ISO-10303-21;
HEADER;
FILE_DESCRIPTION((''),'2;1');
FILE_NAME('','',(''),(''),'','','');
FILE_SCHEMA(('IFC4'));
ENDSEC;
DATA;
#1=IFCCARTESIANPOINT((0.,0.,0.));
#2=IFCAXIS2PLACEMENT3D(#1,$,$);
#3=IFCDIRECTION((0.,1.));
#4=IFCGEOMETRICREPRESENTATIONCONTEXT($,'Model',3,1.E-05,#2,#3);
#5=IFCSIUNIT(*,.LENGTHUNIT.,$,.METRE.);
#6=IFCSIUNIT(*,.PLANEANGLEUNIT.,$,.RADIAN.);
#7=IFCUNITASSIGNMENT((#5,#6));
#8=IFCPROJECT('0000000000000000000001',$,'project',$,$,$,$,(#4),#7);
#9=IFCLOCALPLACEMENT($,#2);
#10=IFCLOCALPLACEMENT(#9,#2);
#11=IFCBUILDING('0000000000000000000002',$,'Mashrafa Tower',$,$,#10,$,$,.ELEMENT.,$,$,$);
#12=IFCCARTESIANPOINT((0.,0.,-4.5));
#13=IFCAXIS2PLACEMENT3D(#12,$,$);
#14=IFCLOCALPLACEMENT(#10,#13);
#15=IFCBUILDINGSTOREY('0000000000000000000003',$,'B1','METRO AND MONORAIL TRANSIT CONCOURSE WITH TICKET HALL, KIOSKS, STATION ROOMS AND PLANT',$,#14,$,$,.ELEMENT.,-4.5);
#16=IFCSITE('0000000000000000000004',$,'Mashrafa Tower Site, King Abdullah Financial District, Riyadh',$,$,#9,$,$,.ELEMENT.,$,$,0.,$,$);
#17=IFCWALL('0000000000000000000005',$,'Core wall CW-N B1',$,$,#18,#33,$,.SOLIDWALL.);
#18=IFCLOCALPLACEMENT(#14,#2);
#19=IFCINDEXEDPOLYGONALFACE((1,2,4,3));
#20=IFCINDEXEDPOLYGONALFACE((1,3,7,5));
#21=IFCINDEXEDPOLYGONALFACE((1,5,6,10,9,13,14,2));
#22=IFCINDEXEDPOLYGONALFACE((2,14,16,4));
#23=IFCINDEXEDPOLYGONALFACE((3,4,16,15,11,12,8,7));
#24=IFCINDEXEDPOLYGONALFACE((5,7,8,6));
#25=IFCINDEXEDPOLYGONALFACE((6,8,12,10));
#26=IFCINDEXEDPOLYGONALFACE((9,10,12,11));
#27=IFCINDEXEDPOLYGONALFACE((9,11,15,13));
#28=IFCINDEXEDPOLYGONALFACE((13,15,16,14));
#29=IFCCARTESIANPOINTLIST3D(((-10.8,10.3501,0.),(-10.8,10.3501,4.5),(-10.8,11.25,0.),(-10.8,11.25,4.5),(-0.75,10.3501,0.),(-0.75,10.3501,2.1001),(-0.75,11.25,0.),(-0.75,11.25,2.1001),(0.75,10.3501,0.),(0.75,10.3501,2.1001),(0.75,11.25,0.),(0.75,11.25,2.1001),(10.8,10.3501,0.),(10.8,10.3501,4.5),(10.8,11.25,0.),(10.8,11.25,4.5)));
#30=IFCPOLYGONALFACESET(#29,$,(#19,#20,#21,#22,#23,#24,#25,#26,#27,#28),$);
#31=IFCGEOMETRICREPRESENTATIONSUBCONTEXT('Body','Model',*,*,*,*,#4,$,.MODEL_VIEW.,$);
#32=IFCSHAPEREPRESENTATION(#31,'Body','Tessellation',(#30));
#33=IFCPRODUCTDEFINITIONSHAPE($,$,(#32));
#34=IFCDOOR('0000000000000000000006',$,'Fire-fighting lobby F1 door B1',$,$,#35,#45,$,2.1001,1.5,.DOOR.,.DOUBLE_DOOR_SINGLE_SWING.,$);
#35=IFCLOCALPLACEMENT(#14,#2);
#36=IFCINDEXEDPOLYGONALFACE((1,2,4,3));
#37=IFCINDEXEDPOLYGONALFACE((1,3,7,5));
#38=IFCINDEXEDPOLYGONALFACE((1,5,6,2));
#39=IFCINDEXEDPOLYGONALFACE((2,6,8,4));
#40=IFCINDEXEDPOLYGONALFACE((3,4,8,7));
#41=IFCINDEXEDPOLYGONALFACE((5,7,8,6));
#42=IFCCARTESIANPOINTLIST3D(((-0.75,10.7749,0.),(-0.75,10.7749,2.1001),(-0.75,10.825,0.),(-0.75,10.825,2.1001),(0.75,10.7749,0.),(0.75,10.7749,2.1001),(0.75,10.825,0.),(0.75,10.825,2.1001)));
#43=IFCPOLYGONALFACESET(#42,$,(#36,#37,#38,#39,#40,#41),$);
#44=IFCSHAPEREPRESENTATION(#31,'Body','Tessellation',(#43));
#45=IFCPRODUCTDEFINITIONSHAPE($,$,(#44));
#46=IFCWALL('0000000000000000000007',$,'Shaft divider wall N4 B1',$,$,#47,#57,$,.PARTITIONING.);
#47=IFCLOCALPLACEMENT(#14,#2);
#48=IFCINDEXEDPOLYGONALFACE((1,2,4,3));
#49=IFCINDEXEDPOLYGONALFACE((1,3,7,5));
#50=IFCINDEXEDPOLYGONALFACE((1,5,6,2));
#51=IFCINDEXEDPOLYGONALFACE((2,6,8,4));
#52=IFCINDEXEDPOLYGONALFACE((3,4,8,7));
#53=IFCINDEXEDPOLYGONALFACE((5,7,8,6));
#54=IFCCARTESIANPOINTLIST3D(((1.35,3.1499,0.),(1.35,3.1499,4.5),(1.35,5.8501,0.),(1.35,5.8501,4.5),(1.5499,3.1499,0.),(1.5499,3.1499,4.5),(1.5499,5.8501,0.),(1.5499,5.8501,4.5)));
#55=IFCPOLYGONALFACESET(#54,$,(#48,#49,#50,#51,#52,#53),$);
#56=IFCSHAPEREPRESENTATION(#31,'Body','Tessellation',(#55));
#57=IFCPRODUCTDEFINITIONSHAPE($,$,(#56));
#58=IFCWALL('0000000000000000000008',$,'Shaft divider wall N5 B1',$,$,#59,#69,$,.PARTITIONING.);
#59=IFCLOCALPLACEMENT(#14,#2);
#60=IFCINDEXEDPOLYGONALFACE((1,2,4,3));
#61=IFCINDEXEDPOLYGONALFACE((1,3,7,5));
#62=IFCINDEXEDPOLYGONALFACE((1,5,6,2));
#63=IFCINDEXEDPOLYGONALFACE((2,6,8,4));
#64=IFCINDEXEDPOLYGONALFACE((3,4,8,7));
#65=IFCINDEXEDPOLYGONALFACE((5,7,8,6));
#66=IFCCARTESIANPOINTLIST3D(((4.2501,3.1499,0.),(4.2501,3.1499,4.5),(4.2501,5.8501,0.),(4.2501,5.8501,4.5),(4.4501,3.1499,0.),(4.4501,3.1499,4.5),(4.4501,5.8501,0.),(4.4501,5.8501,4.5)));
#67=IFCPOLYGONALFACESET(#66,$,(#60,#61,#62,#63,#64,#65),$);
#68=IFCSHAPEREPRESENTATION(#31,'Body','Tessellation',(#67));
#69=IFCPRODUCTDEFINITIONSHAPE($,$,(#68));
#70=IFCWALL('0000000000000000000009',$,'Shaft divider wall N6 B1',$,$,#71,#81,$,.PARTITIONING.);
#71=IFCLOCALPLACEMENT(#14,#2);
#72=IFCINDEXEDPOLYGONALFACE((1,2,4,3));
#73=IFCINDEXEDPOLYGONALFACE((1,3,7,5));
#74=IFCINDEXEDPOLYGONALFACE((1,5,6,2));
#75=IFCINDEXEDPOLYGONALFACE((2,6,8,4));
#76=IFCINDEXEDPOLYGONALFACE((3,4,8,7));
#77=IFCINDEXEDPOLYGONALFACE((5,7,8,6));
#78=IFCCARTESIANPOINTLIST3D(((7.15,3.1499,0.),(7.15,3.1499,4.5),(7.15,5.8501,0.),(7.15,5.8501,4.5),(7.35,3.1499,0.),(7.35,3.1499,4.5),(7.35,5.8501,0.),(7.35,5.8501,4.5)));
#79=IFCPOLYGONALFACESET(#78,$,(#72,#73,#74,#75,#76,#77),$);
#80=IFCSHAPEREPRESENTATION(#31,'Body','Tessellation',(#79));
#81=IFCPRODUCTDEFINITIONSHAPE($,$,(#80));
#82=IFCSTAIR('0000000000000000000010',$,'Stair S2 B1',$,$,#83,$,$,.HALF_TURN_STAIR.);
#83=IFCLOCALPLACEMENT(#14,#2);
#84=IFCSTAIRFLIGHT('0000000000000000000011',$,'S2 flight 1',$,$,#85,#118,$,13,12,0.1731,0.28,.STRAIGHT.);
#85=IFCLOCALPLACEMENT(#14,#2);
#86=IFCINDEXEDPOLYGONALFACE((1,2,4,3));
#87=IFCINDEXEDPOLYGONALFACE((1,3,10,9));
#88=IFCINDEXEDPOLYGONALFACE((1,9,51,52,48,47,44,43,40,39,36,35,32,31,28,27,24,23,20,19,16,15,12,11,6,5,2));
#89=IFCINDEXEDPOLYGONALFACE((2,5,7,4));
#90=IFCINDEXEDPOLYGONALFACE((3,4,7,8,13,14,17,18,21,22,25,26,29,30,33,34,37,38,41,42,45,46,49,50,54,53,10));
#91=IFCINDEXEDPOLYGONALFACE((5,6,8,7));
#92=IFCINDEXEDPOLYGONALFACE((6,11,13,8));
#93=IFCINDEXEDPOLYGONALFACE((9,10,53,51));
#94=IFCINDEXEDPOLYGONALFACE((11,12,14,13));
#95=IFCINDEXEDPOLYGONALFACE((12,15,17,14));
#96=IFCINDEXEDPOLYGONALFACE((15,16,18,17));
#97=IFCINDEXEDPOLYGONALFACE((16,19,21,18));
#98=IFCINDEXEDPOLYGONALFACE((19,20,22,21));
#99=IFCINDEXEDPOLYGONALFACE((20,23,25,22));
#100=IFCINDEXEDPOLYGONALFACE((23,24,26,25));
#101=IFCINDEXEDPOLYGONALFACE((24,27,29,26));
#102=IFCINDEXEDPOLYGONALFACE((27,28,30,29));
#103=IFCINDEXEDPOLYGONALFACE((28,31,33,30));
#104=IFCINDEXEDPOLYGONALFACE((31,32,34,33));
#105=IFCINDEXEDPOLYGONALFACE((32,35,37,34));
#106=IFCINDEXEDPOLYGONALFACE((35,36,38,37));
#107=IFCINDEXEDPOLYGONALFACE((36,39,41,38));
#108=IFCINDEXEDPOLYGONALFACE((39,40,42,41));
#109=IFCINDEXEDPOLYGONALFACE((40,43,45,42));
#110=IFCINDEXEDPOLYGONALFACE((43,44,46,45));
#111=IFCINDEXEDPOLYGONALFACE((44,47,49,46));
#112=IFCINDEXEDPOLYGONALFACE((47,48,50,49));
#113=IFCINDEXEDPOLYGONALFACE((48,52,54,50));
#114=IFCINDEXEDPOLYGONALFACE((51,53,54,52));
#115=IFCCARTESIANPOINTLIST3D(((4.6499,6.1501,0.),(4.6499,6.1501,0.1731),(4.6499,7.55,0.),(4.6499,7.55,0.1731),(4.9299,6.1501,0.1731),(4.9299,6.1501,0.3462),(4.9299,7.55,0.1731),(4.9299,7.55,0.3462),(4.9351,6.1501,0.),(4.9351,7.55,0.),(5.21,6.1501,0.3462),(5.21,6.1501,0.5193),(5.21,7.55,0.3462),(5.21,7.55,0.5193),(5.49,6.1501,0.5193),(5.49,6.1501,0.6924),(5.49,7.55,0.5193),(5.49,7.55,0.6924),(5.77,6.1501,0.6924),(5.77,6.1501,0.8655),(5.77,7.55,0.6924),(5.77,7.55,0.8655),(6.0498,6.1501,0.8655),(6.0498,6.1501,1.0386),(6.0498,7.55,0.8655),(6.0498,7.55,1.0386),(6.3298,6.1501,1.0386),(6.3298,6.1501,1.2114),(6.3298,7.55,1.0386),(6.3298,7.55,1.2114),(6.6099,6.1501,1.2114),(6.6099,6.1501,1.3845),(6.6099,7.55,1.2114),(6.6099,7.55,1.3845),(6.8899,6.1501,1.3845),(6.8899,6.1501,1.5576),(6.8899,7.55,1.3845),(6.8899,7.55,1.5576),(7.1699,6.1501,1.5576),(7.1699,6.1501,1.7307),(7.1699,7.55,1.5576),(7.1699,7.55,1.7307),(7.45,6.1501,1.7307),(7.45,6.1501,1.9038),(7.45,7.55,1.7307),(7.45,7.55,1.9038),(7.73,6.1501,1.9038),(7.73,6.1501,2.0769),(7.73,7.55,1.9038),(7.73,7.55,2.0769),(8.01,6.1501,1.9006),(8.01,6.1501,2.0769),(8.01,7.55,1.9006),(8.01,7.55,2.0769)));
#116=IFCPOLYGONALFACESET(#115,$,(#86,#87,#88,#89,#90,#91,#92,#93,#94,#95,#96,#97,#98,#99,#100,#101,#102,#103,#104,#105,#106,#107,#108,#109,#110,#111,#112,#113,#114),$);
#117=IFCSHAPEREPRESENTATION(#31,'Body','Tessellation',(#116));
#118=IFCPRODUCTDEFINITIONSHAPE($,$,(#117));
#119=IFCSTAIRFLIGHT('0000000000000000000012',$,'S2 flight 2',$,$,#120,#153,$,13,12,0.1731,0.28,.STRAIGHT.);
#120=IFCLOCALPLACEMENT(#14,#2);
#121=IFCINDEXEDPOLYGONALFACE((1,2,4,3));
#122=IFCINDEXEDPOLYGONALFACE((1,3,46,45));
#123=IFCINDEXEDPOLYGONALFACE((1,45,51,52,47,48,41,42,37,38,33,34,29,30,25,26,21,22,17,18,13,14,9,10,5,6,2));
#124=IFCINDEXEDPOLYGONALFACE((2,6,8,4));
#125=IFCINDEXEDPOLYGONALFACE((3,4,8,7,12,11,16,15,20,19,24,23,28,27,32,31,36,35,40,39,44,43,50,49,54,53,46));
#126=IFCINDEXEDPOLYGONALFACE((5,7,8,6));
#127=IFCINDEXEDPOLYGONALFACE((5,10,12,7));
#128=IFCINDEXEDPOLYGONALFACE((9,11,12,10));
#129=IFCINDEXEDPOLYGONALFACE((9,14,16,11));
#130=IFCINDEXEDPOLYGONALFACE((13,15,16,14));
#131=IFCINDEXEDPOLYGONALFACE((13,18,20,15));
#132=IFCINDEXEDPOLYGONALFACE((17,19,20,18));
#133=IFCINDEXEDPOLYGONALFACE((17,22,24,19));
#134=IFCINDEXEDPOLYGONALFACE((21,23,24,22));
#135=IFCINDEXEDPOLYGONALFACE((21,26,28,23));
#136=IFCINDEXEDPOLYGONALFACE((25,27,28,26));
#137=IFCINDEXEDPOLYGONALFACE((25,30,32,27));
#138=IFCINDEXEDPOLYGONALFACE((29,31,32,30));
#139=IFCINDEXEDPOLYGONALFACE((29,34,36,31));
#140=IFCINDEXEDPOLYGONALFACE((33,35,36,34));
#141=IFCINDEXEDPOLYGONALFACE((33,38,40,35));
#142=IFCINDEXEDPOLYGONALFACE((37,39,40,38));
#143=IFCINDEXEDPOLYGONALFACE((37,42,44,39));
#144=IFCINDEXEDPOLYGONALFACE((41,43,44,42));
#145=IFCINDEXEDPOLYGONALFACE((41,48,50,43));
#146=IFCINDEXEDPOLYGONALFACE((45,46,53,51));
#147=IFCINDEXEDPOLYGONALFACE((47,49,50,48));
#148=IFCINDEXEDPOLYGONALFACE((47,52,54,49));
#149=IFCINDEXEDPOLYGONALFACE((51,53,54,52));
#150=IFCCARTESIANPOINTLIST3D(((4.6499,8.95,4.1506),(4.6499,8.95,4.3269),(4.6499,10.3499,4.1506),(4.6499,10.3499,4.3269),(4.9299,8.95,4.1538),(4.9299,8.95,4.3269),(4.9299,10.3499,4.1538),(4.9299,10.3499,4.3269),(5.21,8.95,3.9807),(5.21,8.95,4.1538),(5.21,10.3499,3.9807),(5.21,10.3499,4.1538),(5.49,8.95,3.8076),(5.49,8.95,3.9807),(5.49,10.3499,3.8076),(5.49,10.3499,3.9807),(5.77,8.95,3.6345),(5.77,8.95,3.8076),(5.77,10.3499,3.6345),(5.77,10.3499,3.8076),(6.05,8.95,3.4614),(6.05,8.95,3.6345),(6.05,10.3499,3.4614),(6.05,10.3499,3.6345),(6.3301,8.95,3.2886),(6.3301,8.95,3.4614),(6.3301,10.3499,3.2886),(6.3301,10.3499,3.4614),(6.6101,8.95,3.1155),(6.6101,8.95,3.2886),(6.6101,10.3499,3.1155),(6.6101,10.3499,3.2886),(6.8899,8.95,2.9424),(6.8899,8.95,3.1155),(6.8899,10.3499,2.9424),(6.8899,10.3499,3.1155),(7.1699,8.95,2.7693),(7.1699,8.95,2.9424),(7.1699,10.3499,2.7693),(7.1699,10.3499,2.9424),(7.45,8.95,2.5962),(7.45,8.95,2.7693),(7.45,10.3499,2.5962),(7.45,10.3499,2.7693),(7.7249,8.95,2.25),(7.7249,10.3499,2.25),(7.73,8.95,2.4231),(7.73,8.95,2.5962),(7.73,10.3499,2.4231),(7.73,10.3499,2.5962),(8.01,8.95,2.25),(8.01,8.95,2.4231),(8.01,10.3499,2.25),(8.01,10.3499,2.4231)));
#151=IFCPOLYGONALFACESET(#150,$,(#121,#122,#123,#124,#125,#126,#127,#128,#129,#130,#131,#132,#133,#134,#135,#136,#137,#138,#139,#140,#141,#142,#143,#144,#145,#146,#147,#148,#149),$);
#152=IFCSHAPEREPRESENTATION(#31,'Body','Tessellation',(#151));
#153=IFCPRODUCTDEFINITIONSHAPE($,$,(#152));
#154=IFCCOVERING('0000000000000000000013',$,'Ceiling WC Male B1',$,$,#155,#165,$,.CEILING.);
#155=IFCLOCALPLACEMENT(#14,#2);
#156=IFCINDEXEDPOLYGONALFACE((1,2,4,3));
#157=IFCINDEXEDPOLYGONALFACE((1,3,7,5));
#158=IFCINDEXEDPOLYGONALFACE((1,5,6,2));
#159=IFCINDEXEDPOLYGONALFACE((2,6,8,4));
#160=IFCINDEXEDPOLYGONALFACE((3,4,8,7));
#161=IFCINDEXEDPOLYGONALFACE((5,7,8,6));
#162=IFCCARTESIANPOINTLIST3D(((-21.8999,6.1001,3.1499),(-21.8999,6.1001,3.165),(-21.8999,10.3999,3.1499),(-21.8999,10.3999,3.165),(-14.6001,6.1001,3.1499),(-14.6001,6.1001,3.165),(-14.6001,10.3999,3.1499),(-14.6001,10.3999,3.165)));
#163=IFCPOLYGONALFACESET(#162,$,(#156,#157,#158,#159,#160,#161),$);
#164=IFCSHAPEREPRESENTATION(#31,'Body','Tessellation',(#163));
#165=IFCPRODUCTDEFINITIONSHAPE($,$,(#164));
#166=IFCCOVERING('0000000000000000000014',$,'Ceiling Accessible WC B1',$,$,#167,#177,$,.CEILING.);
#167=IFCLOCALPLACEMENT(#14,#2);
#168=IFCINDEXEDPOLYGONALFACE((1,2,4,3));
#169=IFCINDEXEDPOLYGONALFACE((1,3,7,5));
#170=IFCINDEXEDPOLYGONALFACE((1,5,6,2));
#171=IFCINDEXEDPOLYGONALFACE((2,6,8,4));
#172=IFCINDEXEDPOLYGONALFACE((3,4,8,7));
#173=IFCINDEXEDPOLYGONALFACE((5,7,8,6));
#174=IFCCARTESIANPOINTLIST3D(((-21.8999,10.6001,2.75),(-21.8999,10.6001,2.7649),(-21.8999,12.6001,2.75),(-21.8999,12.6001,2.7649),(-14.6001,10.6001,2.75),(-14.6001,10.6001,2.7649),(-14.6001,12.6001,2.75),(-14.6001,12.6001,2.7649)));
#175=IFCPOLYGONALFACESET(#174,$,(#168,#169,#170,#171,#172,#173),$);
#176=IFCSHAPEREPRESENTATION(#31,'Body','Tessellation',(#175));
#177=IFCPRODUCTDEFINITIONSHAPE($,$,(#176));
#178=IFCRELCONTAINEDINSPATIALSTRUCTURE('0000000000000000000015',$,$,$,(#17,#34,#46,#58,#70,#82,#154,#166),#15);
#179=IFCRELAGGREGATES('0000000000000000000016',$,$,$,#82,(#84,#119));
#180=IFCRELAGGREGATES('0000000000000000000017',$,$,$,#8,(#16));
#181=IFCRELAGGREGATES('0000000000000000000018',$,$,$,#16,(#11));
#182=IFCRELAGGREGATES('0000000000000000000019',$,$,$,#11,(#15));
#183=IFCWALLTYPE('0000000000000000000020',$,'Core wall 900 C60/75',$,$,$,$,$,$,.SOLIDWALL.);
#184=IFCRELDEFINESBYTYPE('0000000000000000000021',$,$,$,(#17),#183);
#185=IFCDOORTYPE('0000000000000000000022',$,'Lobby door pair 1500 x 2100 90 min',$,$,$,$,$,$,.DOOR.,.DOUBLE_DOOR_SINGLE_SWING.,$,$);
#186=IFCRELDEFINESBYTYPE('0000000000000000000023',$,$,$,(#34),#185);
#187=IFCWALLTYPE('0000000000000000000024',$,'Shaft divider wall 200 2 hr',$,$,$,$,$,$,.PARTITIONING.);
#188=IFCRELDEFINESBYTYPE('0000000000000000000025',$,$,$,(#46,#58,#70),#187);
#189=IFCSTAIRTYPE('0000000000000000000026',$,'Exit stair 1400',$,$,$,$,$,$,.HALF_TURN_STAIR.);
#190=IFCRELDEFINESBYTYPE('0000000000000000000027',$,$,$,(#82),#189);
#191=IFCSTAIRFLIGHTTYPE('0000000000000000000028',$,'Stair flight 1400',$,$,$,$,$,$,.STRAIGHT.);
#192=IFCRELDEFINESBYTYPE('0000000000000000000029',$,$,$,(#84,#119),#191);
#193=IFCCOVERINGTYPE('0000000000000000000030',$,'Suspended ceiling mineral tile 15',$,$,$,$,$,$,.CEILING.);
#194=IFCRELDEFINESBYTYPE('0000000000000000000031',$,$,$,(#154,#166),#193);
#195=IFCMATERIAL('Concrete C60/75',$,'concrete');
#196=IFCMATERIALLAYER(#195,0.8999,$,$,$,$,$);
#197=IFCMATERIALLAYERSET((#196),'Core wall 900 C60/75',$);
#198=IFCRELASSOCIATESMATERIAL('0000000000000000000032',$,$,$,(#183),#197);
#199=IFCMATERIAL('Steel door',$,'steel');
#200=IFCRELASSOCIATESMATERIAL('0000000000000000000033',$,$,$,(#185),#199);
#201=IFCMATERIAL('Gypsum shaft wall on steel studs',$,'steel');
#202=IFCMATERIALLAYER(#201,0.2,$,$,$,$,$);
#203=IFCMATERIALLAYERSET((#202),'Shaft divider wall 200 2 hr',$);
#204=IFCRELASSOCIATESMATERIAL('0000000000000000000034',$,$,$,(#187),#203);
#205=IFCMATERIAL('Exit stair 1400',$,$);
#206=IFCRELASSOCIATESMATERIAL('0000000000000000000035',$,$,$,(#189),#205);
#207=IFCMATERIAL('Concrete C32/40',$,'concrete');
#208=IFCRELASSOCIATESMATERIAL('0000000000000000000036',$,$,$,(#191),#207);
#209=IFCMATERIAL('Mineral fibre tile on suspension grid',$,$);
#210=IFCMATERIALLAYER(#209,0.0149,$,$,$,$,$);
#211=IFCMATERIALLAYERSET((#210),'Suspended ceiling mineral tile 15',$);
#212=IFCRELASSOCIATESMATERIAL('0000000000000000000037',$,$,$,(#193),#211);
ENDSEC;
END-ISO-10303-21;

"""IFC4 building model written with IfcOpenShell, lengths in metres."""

from ifc_helpers import new_model, si_unit, direction, frame, frame_2d, origin, place, context, subcontext, project, spatial, polyline, rectangle, outline, extrude, material, layer, layer_set, type_object, element, fill, aggregate, save


model = new_model("IFC4")

# Units and contexts
model_context = context("Model", 3, precision=1e-05, world=origin(), true_north=direction((0.0, 1.0)))
body_context = subcontext(model_context, "Body", "Model", "MODEL_VIEW")
ifc_project = project(units=[si_unit("LENGTHUNIT", "METRE"), si_unit("PLANEANGLEUNIT", "RADIAN")], contexts=[model_context])

# Site, building, storey
site_placement = place(None, origin())
site = spatial("IfcSite", under=ifc_project, at=site_placement, Name="Mashrafa Tower Site, King Abdullah Financial District, Riyadh", CompositionType="ELEMENT", RefElevation=0.0)
building_placement = place(site_placement, origin())
building = spatial("IfcBuilding", under=site, at=building_placement, Name="Mashrafa Tower", CompositionType="ELEMENT")
storey_placement = place(building_placement, frame((0.0, 0.0, -4.5)))
storey = spatial("IfcBuildingStorey", under=building, at=storey_placement, Name="B1", Description="METRO AND MONORAIL TRANSIT CONCOURSE WITH TICKET HALL, KIOSKS, STATION ROOMS AND PLANT", CompositionType="ELEMENT", Elevation=-4.5)

# Wall, opening, door
ifc_material_1 = material(Name="Concrete C60/75", Category="concrete")
ifc_layer_1 = layer(ifc_material_1, 0.8999)
ifc_layer_set_1 = layer_set([ifc_layer_1], Name="Core wall 900 C60/75")
wall_type_1 = type_object("IfcWallType", Name="Core wall 900 C60/75", PredefinedType="SOLIDWALL", material=ifc_layer_set_1)
wall_1_placement = place(storey_placement, frame((10.8, 10.8, 0.0), z_axis=(0.0, 0.0, 1.0), x_axis=(-1.0, 0.0, 0.0)))
wall_1 = element("IfcWall", 1, at=wall_1_placement, inside=storey, type_object=wall_type_1, Name="Core wall CW-N B1", PredefinedType="SOLIDWALL", context=body_context, shape_type="SweptSolid", body=[
    extrude(rectangle(XDim=21.6001, YDim=0.8999, at=frame_2d((10.8, 0.0))), origin(), (0.0, 0.0, 1.0), 4.5),
])
opening_1_placement = place(wall_1_placement, frame((10.05, 0.0, 0.0)))
opening_1 = element("IfcOpeningElement", 2, at=opening_1_placement, cuts=wall_1, PredefinedType="OPENING", context=body_context, shape_type="SweptSolid", body=[
    extrude(rectangle(XDim=1.5, YDim=2.1001, at=frame_2d((0.75, 1.05))), frame((0.0, 0.46, 0.0), z_axis=(0.0, -1.0, 0.0), x_axis=(1.0, 0.0, 0.0)), (0.0, 0.0, 1.0), 0.9199),
])
ifc_material_2 = material(Name="Steel door", Category="steel")
door_type_1 = type_object("IfcDoorType", Name="Lobby door pair 1500 x 2100 90 min", OperationType="DOUBLE_DOOR_SINGLE_SWING", PredefinedType="DOOR", material=ifc_material_2)
door_1_placement = place(opening_1_placement, frame((1.5, 0.0, 0.0), z_axis=(0.0, 0.0, 1.0), x_axis=(-1.0, 0.0, 0.0)))
door_1 = element("IfcDoor", 3, at=door_1_placement, inside=storey, type_object=door_type_1, Name="Fire-fighting lobby F1 door B1", OperationType="DOUBLE_DOOR_SINGLE_SWING", OverallHeight=2.1001, OverallWidth=1.5, PredefinedType="DOOR", context=body_context, shape_type="SweptSolid", body=[
    extrude(rectangle(XDim=1.5, YDim=2.1001, at=frame_2d((0.75, 1.05))), frame((0.0, 0.0249, 0.0), z_axis=(0.0, -1.0, 0.0), x_axis=(1.0, 0.0, 0.0)), (0.0, 0.0, 1.0), 0.05),
])
fill(opening_1, door_1)

# Walls
ifc_material_3 = material(Name="Gypsum shaft wall on steel studs", Category="steel")
ifc_layer_2 = layer(ifc_material_3, 0.2)
ifc_layer_set_2 = layer_set([ifc_layer_2], Name="Shaft divider wall 200 2 hr")
wall_type_2 = type_object("IfcWallType", Name="Shaft divider wall 200 2 hr", PredefinedType="PARTITIONING", material=ifc_layer_set_2)
for number, where, z_axis, x_axis, name in (
    (4, (1.45, 3.1499, 0.0), (0.0, 0.0, 1.0), (0.0, 1.0, 0.0), "Shaft divider wall N4 B1"),
    (5, (4.3501, 3.1499, 0.0), (0.0, 0.0, 1.0), (0.0, 1.0, 0.0), "Shaft divider wall N5 B1"),
    (6, (7.25, 3.1499, 0.0), (0.0, 0.0, 1.0), (0.0, 1.0, 0.0), "Shaft divider wall N6 B1"),
):
    element("IfcWall", number, at=place(storey_placement, frame(where, z_axis=z_axis, x_axis=x_axis)), inside=storey, type_object=wall_type_2, Name=name, PredefinedType="PARTITIONING", context=body_context, shape_type="SweptSolid", body=[
        extrude(rectangle(XDim=2.7002, YDim=0.2, at=frame_2d((1.3501, 0.0))), origin(), (0.0, 0.0, 1.0), 4.5),
    ])

# Stair, stair flights
ifc_material_4 = material(Name="Exit stair 1400")
stair_type = type_object("IfcStairType", Name="Exit stair 1400", PredefinedType="HALF_TURN_STAIR", material=ifc_material_4)
stair_placement = place(storey_placement, origin())
stair = element("IfcStair", 7, at=stair_placement, inside=storey, type_object=stair_type, Name="Stair S2 B1", PredefinedType="HALF_TURN_STAIR")
ifc_material_5 = material(Name="Concrete C32/40", Category="concrete")
stair_flight_type = type_object("IfcStairFlightType", Name="Stair flight 1400", PredefinedType="STRAIGHT", material=ifc_material_5)
stair_flight_1_placement = place(storey_placement, frame((4.6499, 6.8501, 0.0), z_axis=(0.0, 0.0, 1.0), x_axis=(1.0, 0.0, 0.0)))
stair_flight_1 = element("IfcStairFlight", 8, at=stair_flight_1_placement, type_object=stair_flight_type, Name="S2 flight 1", NumberOfRisers=13, NumberOfTreads=12, PredefinedType="STRAIGHT", RiserHeight=0.1731, TreadLength=0.28, context=body_context, shape_type="SweptSolid", body=[
    extrude(outline(polyline([(0.0, 0.0), (0.0, 0.1731), (0.28, 0.1731), (0.28, 0.3462), (0.5601, 0.3462), (0.5601, 0.5193), (0.8401, 0.5193), (0.8401, 0.6924), (1.1201, 0.6924), (1.1201, 0.8655), (1.3999, 0.8655), (1.3999, 1.0386), (1.6799, 1.0386), (1.6799, 1.2114), (1.96, 1.2114), (1.96, 1.3845), (2.24, 1.3845), (2.24, 1.5576), (2.52, 1.5576), (2.52, 1.7307), (2.8, 1.7307), (2.8, 1.9038), (3.0801, 1.9038), (3.0801, 2.0769), (3.3601, 2.0769), (3.3601, 2.25), (3.3601, 1.9006), (0.2852, 0.0), (0.0, 0.0)])), frame((0.0, 0.7, 0.0), z_axis=(0.0, -1.0, 0.0), x_axis=(1.0, 0.0, 0.0)), (0.0, 0.0, 1.0), 1.3999),
])
stair_flight_2_placement = place(storey_placement, frame((8.01, 9.6499, 2.25), z_axis=(0.0, 0.0, 1.0), x_axis=(-1.0, 0.0, 0.0)))
stair_flight_2 = element("IfcStairFlight", 9, at=stair_flight_2_placement, type_object=stair_flight_type, Name="S2 flight 2", NumberOfRisers=13, NumberOfTreads=12, PredefinedType="STRAIGHT", RiserHeight=0.1731, TreadLength=0.28, context=body_context, shape_type="SweptSolid", body=[
    extrude(outline(polyline([(0.0, 0.0), (0.0, 0.1731), (0.28, 0.1731), (0.28, 0.3462), (0.5601, 0.3462), (0.5601, 0.5193), (0.8401, 0.5193), (0.8401, 0.6924), (1.1201, 0.6924), (1.1201, 0.8655), (1.3999, 0.8655), (1.3999, 1.0386), (1.6799, 1.0386), (1.6799, 1.2114), (1.96, 1.2114), (1.96, 1.3845), (2.24, 1.3845), (2.24, 1.5576), (2.52, 1.5576), (2.52, 1.7307), (2.8, 1.7307), (2.8, 1.9038), (3.0801, 1.9038), (3.0801, 2.0769), (3.3601, 2.0769), (3.3601, 2.25), (3.3601, 1.9006), (0.2852, 0.0), (0.0, 0.0)])), frame((0.0, 0.7, 0.0), z_axis=(0.0, -1.0, 0.0), x_axis=(1.0, 0.0, 0.0)), (0.0, 0.0, 1.0), 1.3999),
])
aggregate(stair, [stair_flight_1, stair_flight_2])

# Coverings
ifc_material_6 = material(Name="Mineral fibre tile on suspension grid")
ifc_layer_3 = layer(ifc_material_6, 0.0149)
ifc_layer_set_3 = layer_set([ifc_layer_3], Name="Suspended ceiling mineral tile 15")
covering_type = type_object("IfcCoveringType", Name="Suspended ceiling mineral tile 15", PredefinedType="CEILING", material=ifc_layer_set_3)
covering_1_placement = place(storey_placement, frame((0.0, 0.0, 3.1499)))
element("IfcCovering", 10, at=covering_1_placement, inside=storey, type_object=covering_type, Name="Ceiling WC Male B1", PredefinedType="CEILING", context=body_context, shape_type="SweptSolid", body=[
    extrude(outline(polyline([(-21.8999, 6.1001), (-21.8999, 10.3999), (-14.6001, 10.3999), (-14.6001, 6.1001), (-21.8999, 6.1001)])), origin(), (0.0, 0.0, 1.0), 0.0151),
])
covering_2_placement = place(storey_placement, frame((0.0, 0.0, 2.75)))
element("IfcCovering", 11, at=covering_2_placement, inside=storey, type_object=covering_type, Name="Ceiling Accessible WC B1", PredefinedType="CEILING", context=body_context, shape_type="SweptSolid", body=[
    extrude(outline(polyline([(-21.8999, 10.6001), (-21.8999, 12.6001), (-14.6001, 12.6001), (-14.6001, 10.6001), (-21.8999, 10.6001)])), origin(), (0.0, 0.0, 1.0), 0.0149),
])

save(model, "model.ifc")
